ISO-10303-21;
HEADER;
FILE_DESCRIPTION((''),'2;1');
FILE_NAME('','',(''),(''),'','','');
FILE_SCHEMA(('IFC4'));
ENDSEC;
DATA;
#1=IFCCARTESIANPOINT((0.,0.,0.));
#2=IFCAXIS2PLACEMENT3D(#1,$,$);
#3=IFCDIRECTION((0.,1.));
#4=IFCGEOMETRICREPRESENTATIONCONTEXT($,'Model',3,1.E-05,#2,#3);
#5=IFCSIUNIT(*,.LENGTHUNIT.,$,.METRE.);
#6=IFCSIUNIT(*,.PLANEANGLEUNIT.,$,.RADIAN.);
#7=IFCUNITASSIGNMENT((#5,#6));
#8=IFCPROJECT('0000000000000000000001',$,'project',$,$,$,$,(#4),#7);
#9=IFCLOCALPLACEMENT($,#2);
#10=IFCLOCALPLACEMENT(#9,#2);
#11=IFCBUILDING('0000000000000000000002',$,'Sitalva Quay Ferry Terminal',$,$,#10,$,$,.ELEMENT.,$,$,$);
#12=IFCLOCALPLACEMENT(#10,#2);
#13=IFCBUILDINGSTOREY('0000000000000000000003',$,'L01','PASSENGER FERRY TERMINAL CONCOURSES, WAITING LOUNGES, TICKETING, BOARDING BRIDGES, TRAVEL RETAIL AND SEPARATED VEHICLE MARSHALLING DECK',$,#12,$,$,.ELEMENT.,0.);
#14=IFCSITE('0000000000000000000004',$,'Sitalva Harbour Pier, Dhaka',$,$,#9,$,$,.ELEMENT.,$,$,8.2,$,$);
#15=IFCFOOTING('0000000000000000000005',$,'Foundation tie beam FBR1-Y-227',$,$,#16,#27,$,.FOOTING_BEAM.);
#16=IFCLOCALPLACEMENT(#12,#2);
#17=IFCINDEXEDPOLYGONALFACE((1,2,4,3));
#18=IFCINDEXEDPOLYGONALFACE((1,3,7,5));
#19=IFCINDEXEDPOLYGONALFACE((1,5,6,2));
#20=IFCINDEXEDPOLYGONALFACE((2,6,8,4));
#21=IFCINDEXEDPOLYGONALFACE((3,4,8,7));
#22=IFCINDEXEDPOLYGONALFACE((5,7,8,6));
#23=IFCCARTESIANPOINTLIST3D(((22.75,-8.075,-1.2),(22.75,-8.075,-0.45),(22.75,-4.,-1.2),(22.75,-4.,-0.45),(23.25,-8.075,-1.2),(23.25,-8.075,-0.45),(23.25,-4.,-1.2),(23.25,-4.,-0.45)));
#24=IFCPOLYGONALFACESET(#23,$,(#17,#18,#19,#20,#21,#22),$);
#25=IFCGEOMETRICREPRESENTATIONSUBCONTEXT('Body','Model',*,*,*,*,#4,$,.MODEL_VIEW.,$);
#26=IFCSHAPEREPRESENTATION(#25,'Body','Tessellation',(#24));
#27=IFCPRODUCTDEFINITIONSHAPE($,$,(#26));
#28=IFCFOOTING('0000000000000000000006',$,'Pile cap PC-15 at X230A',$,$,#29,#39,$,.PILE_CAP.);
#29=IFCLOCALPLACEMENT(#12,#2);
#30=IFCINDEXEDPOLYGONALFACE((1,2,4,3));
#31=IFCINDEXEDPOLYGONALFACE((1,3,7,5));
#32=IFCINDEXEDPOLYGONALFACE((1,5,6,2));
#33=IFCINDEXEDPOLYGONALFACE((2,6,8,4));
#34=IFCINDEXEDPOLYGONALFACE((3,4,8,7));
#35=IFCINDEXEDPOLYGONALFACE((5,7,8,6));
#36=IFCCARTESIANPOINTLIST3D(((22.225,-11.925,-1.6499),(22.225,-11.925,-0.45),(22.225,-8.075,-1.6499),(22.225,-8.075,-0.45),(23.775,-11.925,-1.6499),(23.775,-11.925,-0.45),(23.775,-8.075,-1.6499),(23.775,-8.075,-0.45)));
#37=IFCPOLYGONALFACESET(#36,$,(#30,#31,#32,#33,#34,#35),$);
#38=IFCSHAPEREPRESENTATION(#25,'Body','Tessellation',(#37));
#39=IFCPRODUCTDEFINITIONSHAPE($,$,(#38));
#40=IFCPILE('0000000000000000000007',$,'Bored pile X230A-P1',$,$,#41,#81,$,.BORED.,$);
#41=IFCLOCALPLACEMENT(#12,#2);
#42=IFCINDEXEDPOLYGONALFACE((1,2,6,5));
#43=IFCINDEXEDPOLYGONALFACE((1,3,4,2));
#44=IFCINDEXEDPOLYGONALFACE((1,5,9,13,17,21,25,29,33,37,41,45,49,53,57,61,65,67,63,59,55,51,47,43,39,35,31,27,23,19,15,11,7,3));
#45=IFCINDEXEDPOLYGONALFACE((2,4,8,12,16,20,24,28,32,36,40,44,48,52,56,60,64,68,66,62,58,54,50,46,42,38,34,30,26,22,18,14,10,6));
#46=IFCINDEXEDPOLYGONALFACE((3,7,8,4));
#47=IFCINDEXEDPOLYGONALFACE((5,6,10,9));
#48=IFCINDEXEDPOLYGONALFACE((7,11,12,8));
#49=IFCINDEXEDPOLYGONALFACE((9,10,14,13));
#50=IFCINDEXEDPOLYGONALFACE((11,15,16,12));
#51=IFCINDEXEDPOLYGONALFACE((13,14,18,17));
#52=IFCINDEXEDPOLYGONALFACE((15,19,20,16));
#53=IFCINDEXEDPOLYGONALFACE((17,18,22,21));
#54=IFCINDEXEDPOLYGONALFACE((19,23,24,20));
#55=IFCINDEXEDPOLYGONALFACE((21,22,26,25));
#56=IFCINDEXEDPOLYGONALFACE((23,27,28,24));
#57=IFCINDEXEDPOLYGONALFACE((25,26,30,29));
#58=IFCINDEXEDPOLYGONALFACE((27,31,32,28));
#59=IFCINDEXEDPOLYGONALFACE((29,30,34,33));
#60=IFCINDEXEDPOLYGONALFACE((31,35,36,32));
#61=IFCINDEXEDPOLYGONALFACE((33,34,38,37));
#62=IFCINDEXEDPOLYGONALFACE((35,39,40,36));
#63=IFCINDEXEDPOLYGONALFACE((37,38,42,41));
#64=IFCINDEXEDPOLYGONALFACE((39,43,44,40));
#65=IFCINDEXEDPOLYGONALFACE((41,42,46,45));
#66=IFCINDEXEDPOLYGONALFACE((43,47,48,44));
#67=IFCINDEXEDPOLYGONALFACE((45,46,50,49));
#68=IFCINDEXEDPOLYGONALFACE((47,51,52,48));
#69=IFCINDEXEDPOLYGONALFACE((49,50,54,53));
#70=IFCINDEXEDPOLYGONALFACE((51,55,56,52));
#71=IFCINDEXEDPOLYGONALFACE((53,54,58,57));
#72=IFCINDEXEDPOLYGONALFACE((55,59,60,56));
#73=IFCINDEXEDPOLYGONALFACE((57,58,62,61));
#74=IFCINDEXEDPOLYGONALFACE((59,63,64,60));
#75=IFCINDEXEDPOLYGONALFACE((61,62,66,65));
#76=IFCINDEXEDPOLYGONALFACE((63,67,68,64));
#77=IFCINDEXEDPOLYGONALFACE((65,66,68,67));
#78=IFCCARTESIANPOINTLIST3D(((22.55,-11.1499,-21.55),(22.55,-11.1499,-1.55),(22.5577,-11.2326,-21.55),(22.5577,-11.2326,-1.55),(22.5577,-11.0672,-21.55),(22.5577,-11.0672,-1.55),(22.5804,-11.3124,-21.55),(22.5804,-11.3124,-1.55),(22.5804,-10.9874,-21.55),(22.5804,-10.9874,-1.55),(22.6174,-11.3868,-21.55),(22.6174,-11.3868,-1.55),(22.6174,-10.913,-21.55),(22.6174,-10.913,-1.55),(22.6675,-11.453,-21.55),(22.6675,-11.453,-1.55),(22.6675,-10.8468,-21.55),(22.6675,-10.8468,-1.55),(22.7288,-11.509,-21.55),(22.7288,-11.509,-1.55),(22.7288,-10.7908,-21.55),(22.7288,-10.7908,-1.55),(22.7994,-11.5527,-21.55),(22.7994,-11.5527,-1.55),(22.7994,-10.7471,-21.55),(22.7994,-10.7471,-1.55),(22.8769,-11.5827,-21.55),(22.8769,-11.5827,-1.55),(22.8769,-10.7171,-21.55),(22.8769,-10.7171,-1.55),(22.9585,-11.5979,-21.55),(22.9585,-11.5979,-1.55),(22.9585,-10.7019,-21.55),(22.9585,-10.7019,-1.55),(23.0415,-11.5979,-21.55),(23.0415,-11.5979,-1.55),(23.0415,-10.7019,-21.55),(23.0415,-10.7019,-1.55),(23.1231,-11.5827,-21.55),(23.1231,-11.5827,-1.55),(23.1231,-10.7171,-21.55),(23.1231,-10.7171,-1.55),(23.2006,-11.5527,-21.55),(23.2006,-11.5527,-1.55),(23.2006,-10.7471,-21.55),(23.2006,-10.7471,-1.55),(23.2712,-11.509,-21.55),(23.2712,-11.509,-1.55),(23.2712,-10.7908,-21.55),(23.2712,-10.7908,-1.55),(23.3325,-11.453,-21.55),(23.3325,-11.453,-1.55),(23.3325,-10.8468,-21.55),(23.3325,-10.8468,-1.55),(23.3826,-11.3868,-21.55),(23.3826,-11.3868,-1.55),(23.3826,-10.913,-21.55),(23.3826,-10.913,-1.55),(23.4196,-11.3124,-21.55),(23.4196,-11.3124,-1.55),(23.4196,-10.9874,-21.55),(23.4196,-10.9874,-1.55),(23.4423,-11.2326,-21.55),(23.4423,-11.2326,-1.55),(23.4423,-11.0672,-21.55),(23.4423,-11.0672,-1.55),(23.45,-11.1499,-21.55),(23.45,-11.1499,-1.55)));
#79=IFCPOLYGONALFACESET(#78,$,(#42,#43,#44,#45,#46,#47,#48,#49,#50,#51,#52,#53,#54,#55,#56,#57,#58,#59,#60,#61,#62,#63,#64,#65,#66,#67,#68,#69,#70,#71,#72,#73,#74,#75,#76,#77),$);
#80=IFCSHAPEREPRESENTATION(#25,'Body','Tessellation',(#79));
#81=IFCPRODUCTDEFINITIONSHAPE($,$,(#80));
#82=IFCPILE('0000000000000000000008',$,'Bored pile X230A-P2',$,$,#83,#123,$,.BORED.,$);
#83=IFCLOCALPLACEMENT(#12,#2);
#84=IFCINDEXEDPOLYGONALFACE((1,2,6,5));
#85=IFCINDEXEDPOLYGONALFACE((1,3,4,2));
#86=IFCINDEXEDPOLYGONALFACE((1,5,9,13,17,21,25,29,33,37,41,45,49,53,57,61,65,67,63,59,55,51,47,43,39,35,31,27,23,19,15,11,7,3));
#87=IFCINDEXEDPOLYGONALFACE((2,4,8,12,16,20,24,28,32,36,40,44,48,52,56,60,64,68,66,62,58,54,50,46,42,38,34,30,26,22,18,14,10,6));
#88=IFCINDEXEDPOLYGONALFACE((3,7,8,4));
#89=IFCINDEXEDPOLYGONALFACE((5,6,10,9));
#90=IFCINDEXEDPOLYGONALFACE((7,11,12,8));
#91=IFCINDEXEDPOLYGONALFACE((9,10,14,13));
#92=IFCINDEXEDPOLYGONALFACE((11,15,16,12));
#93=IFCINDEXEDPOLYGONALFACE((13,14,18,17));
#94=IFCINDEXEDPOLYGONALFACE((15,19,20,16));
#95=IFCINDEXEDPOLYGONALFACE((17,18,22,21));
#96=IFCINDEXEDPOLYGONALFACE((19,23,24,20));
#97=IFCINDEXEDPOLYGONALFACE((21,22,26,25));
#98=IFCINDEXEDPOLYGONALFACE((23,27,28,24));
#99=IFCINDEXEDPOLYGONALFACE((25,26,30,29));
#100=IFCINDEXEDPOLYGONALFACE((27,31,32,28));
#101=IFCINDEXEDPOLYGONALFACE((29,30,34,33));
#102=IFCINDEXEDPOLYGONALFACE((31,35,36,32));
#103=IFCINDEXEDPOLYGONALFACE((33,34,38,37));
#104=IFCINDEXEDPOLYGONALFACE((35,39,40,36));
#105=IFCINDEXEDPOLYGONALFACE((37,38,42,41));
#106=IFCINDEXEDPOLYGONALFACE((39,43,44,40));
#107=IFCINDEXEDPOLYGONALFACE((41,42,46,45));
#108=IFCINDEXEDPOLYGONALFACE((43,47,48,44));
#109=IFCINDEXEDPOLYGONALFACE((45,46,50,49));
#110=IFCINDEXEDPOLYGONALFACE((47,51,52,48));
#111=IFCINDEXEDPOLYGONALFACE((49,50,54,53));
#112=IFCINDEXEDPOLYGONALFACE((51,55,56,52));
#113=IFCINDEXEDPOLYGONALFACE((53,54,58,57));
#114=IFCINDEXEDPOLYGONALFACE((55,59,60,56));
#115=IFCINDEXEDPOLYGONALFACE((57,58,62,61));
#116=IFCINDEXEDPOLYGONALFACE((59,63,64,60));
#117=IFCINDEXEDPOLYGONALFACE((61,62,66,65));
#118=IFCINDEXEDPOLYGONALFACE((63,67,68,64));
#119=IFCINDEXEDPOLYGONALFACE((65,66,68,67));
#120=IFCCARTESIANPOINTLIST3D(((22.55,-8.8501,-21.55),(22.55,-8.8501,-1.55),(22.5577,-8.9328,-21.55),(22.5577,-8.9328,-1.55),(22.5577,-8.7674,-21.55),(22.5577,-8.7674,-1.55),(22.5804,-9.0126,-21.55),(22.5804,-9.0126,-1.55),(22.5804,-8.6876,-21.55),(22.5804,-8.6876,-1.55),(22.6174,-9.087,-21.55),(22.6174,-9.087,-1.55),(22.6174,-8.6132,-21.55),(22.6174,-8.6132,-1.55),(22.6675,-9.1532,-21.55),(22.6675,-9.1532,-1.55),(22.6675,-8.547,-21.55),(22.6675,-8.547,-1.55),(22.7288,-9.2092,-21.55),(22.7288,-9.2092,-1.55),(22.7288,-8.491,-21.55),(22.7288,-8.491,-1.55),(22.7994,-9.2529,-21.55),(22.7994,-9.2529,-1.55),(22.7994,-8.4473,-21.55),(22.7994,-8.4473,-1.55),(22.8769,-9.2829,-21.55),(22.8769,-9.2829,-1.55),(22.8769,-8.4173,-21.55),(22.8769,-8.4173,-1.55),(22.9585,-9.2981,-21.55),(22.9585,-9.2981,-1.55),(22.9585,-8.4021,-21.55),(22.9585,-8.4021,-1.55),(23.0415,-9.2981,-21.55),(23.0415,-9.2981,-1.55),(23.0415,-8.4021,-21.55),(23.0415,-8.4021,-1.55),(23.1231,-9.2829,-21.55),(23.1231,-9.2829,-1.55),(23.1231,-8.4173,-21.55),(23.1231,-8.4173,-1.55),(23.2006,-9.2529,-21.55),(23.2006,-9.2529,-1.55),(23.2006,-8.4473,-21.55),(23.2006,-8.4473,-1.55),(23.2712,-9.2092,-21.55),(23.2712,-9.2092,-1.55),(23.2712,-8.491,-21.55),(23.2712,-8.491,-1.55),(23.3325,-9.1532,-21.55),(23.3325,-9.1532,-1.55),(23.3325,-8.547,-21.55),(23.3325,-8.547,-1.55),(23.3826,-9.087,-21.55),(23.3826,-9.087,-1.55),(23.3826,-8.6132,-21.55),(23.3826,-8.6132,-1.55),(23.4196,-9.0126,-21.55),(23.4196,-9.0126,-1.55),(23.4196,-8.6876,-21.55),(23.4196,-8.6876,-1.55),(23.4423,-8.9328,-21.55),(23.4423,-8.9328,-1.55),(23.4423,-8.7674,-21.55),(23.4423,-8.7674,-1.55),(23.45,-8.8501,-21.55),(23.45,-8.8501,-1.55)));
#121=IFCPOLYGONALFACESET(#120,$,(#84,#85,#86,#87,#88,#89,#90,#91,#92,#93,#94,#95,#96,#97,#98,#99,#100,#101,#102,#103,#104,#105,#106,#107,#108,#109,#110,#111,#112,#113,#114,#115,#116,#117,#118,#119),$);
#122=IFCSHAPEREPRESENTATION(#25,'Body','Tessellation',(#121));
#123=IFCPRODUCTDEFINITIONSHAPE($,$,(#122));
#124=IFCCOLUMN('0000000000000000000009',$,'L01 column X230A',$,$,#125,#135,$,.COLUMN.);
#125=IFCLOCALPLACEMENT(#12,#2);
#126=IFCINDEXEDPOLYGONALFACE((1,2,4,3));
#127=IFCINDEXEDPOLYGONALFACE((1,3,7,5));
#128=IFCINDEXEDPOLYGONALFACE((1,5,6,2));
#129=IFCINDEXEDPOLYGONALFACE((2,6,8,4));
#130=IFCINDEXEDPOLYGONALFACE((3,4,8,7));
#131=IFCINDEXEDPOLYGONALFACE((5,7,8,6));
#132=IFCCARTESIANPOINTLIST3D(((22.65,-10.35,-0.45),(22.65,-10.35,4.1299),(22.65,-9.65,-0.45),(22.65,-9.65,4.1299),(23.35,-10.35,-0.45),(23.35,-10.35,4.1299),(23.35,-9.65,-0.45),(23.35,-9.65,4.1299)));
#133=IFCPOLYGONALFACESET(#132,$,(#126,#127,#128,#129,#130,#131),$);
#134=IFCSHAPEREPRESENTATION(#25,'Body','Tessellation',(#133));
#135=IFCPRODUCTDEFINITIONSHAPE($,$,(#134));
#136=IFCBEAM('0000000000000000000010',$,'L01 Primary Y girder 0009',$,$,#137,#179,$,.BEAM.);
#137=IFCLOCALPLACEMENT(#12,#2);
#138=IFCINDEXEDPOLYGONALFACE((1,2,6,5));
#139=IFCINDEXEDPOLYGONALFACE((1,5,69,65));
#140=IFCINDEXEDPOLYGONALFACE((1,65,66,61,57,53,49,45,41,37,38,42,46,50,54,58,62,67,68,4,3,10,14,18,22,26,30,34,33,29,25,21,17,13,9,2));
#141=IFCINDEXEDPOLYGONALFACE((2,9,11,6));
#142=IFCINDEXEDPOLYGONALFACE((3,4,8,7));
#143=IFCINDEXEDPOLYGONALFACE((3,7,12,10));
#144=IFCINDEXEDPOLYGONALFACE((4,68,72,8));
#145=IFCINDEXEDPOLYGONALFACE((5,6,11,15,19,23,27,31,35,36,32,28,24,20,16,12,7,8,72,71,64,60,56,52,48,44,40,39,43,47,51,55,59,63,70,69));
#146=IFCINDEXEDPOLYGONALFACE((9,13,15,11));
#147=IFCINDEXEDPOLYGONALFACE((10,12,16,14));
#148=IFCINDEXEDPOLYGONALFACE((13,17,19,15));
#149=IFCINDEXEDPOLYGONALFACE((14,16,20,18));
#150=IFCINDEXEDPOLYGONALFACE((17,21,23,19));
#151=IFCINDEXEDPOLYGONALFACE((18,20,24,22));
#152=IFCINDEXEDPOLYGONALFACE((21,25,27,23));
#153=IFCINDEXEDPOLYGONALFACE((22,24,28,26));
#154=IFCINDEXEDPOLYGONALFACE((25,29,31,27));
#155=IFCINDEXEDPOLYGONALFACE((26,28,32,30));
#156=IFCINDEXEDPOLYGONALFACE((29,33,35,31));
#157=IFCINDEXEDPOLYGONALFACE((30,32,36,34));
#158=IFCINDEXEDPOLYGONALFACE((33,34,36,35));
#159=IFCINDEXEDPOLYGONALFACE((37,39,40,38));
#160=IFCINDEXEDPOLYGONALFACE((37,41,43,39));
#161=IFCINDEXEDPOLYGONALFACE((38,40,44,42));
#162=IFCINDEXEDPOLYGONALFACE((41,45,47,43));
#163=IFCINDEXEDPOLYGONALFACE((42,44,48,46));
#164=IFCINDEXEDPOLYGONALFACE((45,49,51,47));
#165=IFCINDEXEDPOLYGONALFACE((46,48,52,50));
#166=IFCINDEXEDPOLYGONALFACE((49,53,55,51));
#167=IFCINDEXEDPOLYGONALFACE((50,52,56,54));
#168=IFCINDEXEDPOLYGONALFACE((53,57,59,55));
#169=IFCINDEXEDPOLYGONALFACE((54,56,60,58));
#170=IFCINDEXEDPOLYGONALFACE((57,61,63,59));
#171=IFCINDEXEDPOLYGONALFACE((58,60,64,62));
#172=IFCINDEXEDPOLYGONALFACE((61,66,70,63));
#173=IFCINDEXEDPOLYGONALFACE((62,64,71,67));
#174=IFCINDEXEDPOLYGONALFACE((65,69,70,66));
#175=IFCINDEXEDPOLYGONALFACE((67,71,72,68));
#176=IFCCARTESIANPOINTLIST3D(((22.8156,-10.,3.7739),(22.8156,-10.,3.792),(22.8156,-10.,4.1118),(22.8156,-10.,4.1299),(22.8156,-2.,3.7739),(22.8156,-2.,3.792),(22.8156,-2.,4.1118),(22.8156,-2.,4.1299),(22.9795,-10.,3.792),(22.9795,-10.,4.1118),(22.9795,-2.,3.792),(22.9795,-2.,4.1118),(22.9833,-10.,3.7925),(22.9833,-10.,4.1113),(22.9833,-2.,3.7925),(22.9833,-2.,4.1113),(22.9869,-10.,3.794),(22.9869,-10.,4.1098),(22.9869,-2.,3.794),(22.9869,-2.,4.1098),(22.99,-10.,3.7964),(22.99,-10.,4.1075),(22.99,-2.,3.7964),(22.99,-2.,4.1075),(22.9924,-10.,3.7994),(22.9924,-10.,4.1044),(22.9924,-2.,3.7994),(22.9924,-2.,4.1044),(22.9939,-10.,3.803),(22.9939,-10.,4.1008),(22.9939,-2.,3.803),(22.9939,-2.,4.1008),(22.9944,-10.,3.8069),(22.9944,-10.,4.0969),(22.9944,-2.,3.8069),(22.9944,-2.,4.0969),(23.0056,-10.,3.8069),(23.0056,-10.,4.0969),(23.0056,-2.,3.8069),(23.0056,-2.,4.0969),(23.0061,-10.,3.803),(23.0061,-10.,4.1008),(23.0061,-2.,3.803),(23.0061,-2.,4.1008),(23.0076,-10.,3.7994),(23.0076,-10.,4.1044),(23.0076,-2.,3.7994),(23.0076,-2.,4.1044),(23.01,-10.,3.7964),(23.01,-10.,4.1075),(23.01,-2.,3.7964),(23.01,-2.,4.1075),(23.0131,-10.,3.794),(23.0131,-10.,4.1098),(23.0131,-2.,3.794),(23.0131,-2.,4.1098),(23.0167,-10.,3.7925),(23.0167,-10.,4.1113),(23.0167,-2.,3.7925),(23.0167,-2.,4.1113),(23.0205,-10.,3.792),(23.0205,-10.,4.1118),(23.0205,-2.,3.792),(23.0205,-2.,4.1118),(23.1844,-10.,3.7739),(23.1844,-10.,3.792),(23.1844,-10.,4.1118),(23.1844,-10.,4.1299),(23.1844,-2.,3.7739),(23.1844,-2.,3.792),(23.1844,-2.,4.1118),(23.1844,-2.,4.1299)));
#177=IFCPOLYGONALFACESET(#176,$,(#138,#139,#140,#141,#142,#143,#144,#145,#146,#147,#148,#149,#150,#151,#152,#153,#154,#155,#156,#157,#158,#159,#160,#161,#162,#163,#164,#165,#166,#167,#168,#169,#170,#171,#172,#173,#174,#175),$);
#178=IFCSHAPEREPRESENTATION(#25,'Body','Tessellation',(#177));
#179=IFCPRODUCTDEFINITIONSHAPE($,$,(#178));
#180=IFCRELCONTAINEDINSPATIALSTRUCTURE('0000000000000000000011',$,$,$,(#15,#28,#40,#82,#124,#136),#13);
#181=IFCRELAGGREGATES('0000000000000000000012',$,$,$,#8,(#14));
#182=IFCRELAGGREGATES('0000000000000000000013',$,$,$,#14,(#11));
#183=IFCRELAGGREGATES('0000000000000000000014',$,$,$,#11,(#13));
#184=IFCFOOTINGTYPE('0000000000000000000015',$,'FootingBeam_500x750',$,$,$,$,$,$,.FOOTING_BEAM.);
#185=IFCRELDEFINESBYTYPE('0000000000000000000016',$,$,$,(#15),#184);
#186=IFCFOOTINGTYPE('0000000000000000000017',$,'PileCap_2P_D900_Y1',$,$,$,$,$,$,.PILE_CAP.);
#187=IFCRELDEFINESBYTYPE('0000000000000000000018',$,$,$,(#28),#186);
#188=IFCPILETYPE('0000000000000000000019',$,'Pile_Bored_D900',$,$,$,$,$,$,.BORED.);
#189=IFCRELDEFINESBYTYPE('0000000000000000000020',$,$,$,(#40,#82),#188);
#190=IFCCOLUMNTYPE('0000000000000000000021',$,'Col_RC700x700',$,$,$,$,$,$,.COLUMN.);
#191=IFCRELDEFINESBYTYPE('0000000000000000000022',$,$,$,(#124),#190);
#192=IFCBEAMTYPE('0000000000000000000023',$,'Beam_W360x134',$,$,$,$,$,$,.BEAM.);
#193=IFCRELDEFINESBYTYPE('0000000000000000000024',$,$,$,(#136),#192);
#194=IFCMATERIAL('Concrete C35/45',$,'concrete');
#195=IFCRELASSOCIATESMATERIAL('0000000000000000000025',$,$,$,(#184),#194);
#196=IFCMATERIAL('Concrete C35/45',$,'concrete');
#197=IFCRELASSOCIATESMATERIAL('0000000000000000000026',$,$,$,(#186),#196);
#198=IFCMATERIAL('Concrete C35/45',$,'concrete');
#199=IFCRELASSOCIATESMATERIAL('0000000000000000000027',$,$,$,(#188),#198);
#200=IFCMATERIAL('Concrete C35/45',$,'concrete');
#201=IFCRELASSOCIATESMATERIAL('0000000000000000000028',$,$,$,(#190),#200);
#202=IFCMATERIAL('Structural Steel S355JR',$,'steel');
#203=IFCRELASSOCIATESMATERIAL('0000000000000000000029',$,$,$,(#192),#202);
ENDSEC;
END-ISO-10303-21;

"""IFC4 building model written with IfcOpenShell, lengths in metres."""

from ifc_helpers import new_model, si_unit, direction, frame, origin, origin_2d, place, context, subcontext, project, spatial, rectangle, circle, i_section, extrude, material, material_profile, profile_set, type_object, element, save


model = new_model("IFC4")

# Units and contexts
model_context = context("Model", 3, precision=1e-05, world=origin(), true_north=direction((0.0, 1.0)))
body_context = subcontext(model_context, "Body", "Model", "MODEL_VIEW")
ifc_project = project(units=[si_unit("LENGTHUNIT", "METRE"), si_unit("PLANEANGLEUNIT", "RADIAN")], contexts=[model_context])

# Site, building, storey
site_placement = place(None, origin())
site = spatial("IfcSite", under=ifc_project, at=site_placement, Name="Sitalva Harbour Pier, Dhaka", CompositionType="ELEMENT", RefElevation=8.2)
building_placement = place(site_placement, origin())
building = spatial("IfcBuilding", under=site, at=building_placement, Name="Sitalva Quay Ferry Terminal", CompositionType="ELEMENT")
storey_placement = place(building_placement, origin())
storey = spatial("IfcBuildingStorey", under=building, at=storey_placement, Name="L01", Description="PASSENGER FERRY TERMINAL CONCOURSES, WAITING LOUNGES, TICKETING, BOARDING BRIDGES, TRAVEL RETAIL AND SEPARATED VEHICLE MARSHALLING DECK", CompositionType="ELEMENT", Elevation=0.0)

# Footings
ifc_material_1 = material(Name="Concrete C35/45", Category="concrete")
ifc_material_profile_1 = material_profile(ifc_material_1, rectangle(XDim=0.5, YDim=0.75, at=origin_2d()), Name="RC500x750")
ifc_profile_set_1 = profile_set([ifc_material_profile_1], Name="Concrete C35/45")
footing_type_1 = type_object("IfcFootingType", Name="FootingBeam_500x750", PredefinedType="FOOTING_BEAM", material=ifc_profile_set_1)
footing_1_placement = place(storey_placement, frame((23.0, -8.075, -0.825), z_axis=(0.0, 1.0, 0.0), x_axis=(-1.0, 0.0, 0.0)))
element("IfcFooting", 1, at=footing_1_placement, inside=storey, type_object=footing_type_1, Name="Foundation tie beam FBR1-Y-227", PredefinedType="FOOTING_BEAM", context=body_context, shape_type="SweptSolid", body=[
    extrude(rectangle(XDim=0.5, YDim=0.75, at=origin_2d()), origin(), (0.0, 0.0, 1.0), 4.075),
])
ifc_material_2 = material(Name="Concrete C35/45", Category="concrete")
footing_type_2 = type_object("IfcFootingType", Name="PileCap_2P_D900_Y1", PredefinedType="PILE_CAP", material=ifc_material_2)
footing_2_placement = place(storey_placement, frame((23.0, -10.0, -1.6499), z_axis=(0.0, 0.0, 1.0), x_axis=(1.0, 0.0, 0.0)))
element("IfcFooting", 2, at=footing_2_placement, inside=storey, type_object=footing_type_2, Name="Pile cap PC-15 at X230A", PredefinedType="PILE_CAP", context=body_context, shape_type="SweptSolid", body=[
    extrude(rectangle(XDim=1.55, YDim=3.8501, at=origin_2d()), origin(), (0.0, 0.0, 1.0), 1.2),
])

# Piles
ifc_material_3 = material(Name="Concrete C35/45", Category="concrete")
ifc_material_profile_2 = material_profile(ifc_material_3, circle(Radius=0.45, at=origin_2d()), Name="PILE-D900")
ifc_profile_set_2 = profile_set([ifc_material_profile_2], Name="Concrete C35/45")
pile_type = type_object("IfcPileType", Name="Pile_Bored_D900", PredefinedType="BORED", material=ifc_profile_set_2)
for number, where, z_axis, x_axis, name in (
    (3, (23.0, -11.1499, -1.55), (0.0, 0.0, -1.0), (1.0, 0.0, 0.0), "Bored pile X230A-P1"),
    (4, (23.0, -8.8501, -1.55), (0.0, 0.0, -1.0), (1.0, 0.0, 0.0), "Bored pile X230A-P2"),
):
    element("IfcPile", number, at=place(storey_placement, frame(where, z_axis=z_axis, x_axis=x_axis)), inside=storey, type_object=pile_type, Name=name, PredefinedType="BORED", context=body_context, shape_type="SweptSolid", body=[
        extrude(circle(Radius=0.45, at=origin_2d()), origin(), (0.0, 0.0, 1.0), 20.0),
    ])

# Column
ifc_material_4 = material(Name="Concrete C35/45", Category="concrete")
ifc_material_profile_3 = material_profile(ifc_material_4, rectangle(XDim=0.7, YDim=0.7, at=origin_2d()), Name="RC700x700")
ifc_profile_set_3 = profile_set([ifc_material_profile_3], Name="Concrete C35/45")
column_type = type_object("IfcColumnType", Name="Col_RC700x700", PredefinedType="COLUMN", material=ifc_profile_set_3)
column_placement = place(storey_placement, frame((23.0, -10.0, -0.45), z_axis=(0.0, 0.0, 1.0), x_axis=(1.0, 0.0, 0.0)))
element("IfcColumn", 5, at=column_placement, inside=storey, type_object=column_type, Name="L01 column X230A", PredefinedType="COLUMN", context=body_context, shape_type="SweptSolid", body=[
    extrude(rectangle(XDim=0.7, YDim=0.7, at=origin_2d()), origin(), (0.0, 0.0, 1.0), 4.5798),
])

# Beam
ifc_material_5 = material(Name="Structural Steel S355JR", Category="steel")
ifc_material_profile_4 = material_profile(ifc_material_5, i_section(OverallWidth=0.3689, OverallDepth=0.356, WebThickness=0.0112, FlangeThickness=0.0181, FilletRadius=0.0149, at=origin_2d()), Name="W360x134")
ifc_profile_set_4 = profile_set([ifc_material_profile_4], Name="Structural Steel S355JR")
beam_type = type_object("IfcBeamType", Name="Beam_W360x134", PredefinedType="BEAM", material=ifc_profile_set_4)
beam_placement = place(storey_placement, frame((23.0, -10.0, 3.9519), z_axis=(0.0, 1.0, 0.0), x_axis=(-1.0, 0.0, 0.0)))
element("IfcBeam", 6, at=beam_placement, inside=storey, type_object=beam_type, Name="L01 Primary Y girder 0009", PredefinedType="BEAM", context=body_context, shape_type="SweptSolid", body=[
    extrude(i_section(OverallWidth=0.3689, OverallDepth=0.356, WebThickness=0.0112, FlangeThickness=0.0181, FilletRadius=0.0149, at=origin_2d()), origin(), (0.0, 0.0, 1.0), 8.0),
])

save(model, "model.ifc")
